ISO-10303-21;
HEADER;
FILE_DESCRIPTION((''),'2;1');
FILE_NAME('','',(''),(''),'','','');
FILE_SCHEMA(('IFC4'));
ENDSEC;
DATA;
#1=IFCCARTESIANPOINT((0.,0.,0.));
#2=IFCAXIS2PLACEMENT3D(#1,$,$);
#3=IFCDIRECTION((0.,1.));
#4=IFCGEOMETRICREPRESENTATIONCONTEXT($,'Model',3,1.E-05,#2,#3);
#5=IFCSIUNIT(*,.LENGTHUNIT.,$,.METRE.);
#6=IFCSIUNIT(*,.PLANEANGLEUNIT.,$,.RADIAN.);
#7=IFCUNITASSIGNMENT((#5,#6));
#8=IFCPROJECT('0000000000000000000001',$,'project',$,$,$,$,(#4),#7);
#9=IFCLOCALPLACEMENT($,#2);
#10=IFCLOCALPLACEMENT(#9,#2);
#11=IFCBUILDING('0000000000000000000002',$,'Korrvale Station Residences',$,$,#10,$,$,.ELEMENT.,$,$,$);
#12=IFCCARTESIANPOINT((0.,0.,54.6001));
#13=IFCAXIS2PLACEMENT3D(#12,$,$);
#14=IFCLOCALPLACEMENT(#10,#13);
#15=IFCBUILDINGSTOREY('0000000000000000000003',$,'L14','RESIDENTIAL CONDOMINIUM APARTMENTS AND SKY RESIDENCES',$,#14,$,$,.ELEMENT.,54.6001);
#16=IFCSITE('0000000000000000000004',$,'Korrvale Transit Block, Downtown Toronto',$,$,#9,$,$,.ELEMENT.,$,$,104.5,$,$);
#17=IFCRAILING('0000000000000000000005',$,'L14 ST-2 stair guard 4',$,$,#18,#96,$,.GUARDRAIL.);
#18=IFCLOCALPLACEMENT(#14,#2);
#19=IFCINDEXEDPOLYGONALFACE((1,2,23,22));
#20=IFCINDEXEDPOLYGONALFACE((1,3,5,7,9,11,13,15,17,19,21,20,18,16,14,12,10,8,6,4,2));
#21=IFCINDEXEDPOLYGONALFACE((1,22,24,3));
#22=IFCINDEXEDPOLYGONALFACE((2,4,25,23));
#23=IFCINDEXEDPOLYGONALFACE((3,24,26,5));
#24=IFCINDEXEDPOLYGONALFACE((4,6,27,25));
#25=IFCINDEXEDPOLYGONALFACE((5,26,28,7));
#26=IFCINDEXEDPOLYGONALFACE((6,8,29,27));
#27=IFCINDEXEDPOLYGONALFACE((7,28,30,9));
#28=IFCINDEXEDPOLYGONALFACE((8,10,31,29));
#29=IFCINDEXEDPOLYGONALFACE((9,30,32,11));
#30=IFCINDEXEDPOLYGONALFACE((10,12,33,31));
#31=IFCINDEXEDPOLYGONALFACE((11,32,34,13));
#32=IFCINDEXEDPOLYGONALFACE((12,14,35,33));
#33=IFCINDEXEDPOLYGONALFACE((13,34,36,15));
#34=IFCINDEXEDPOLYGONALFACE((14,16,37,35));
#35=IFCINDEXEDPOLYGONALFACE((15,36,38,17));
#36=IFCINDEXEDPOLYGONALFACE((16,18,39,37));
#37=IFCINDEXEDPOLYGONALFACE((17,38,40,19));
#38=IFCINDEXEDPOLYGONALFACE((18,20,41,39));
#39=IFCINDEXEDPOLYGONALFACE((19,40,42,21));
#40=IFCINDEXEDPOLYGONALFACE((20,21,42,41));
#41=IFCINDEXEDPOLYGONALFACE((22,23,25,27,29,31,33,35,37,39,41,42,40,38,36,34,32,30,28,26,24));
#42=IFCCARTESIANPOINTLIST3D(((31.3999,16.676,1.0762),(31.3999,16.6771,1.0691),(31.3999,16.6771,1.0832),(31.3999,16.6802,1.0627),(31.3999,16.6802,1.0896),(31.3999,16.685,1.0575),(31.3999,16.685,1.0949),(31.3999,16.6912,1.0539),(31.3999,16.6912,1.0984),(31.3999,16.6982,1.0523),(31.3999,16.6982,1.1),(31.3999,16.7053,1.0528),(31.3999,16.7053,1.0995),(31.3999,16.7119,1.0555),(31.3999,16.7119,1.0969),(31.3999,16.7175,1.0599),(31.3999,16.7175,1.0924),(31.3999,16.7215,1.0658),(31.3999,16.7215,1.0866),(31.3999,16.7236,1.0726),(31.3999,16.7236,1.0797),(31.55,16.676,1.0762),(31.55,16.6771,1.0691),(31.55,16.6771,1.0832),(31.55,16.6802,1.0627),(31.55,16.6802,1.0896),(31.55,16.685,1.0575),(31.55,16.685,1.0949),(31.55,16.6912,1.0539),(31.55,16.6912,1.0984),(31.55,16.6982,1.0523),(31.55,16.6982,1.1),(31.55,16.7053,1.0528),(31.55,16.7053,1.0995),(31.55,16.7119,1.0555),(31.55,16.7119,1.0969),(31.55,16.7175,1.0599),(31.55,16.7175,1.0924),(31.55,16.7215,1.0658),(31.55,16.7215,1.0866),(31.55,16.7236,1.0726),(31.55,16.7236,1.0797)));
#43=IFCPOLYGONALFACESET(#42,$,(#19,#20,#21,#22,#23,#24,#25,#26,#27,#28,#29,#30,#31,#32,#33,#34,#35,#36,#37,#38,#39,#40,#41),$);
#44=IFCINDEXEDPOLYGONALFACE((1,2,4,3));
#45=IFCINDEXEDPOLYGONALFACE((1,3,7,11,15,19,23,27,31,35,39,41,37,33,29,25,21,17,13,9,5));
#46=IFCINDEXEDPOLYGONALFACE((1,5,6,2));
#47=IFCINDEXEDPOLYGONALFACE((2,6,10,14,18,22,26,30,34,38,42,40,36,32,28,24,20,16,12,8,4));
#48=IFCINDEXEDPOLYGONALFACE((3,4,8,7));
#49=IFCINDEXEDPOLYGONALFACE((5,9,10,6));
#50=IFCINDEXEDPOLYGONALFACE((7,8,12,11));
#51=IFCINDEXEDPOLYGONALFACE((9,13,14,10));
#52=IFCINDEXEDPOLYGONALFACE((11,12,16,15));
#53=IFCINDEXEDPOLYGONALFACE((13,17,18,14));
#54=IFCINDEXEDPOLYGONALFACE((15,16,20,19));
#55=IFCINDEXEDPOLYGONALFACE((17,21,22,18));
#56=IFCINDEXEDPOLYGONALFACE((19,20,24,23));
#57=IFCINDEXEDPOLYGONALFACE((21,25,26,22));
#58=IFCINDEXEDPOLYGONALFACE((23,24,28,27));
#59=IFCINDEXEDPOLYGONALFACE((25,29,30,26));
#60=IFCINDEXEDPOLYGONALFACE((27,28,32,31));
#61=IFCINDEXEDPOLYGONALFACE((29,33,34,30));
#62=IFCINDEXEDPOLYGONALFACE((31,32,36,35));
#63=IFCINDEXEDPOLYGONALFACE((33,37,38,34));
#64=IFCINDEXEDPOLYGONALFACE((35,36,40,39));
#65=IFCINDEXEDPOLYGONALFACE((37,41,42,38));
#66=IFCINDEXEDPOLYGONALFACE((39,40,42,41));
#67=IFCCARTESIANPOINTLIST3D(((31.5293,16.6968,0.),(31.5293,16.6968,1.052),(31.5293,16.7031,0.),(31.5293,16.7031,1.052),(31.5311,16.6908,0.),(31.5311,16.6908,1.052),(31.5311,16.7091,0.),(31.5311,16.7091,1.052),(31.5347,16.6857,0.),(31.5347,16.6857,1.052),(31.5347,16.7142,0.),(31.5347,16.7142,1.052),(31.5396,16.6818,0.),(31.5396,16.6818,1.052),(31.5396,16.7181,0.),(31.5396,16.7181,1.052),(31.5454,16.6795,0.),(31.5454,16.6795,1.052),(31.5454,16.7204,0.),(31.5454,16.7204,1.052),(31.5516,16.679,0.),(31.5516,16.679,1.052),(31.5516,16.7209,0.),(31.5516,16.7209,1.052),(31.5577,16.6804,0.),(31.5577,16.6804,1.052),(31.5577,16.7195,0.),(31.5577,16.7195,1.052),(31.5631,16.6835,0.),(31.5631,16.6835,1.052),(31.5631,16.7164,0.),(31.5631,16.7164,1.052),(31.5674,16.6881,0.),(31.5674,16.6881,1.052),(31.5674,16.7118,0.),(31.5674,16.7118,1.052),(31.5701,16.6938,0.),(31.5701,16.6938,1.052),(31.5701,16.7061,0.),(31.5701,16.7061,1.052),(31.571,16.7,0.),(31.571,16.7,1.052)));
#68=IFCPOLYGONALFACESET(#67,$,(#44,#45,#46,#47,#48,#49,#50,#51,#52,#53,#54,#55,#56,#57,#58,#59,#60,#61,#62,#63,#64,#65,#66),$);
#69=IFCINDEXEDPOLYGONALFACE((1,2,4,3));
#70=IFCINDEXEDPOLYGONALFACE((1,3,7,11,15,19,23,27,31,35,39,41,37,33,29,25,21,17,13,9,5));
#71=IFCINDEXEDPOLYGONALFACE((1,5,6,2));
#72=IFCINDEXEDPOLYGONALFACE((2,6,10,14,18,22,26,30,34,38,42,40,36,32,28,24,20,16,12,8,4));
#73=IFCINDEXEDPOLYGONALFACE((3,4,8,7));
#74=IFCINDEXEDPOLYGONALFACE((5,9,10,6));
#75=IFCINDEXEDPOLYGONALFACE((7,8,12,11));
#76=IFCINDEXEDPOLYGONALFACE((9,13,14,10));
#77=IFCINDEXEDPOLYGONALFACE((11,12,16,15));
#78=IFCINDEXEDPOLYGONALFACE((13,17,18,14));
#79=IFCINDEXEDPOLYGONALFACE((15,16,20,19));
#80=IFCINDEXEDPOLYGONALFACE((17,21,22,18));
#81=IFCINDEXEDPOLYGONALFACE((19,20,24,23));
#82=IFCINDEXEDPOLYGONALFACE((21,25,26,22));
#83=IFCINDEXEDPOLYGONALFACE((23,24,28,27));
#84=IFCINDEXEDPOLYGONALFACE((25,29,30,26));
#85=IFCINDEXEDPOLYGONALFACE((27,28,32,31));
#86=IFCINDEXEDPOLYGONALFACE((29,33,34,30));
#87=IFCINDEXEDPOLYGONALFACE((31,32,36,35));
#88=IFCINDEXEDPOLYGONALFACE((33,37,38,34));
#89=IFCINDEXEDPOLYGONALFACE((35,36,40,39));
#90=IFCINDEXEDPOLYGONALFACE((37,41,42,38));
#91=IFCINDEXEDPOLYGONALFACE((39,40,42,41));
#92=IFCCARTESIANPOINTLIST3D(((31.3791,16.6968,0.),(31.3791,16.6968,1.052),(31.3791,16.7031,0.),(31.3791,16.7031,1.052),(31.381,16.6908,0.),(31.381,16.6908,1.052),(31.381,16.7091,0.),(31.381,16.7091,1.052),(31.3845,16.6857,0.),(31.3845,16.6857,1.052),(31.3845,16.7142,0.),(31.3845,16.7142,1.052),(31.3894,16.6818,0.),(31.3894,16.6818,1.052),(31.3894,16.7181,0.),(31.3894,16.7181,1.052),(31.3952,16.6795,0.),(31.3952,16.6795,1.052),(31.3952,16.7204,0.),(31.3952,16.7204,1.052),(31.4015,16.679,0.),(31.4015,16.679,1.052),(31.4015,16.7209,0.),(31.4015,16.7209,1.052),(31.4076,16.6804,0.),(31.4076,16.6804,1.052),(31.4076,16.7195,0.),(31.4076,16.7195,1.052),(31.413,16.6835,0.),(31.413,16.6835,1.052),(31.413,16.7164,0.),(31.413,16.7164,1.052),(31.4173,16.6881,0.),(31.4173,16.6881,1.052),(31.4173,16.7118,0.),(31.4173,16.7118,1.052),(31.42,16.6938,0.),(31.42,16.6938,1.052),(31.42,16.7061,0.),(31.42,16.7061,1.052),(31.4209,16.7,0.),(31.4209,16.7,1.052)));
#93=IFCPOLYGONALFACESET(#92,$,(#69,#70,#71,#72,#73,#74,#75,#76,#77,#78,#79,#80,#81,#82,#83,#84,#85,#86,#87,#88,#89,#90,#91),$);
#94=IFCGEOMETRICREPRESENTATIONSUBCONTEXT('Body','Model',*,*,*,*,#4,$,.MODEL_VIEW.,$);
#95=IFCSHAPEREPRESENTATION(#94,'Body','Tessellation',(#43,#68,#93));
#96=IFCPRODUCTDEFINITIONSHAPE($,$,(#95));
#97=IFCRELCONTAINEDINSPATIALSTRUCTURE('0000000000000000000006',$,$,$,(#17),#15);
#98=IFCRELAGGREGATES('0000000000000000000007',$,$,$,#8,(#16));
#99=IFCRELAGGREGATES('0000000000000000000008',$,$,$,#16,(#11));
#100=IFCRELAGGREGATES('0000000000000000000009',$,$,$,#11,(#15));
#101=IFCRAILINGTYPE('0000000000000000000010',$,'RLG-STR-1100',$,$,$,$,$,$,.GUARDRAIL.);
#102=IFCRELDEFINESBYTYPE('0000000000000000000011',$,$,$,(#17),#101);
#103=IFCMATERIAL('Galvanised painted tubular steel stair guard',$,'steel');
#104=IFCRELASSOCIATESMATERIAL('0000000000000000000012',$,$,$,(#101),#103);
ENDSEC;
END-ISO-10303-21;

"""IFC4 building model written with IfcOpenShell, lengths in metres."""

from ifc_helpers import new_model, si_unit, direction, frame, origin, origin_2d, place, context, subcontext, project, spatial, circle, extrude, material, type_object, element, save


model = new_model("IFC4")

# Units and contexts
model_context = context("Model", 3, precision=1e-05, world=origin(), true_north=direction((0.0, 1.0)))
body_context = subcontext(model_context, "Body", "Model", "MODEL_VIEW")
ifc_project = project(units=[si_unit("LENGTHUNIT", "METRE"), si_unit("PLANEANGLEUNIT", "RADIAN")], contexts=[model_context])

# Site, building, storey
site_placement = place(None, origin())
site = spatial("IfcSite", under=ifc_project, at=site_placement, Name="Korrvale Transit Block, Downtown Toronto", CompositionType="ELEMENT", RefElevation=104.5)
building_placement = place(site_placement, origin())
building = spatial("IfcBuilding", under=site, at=building_placement, Name="Korrvale Station Residences", CompositionType="ELEMENT")
storey_placement = place(building_placement, frame((0.0, 0.0, 54.6001)))
storey = spatial("IfcBuildingStorey", under=building, at=storey_placement, Name="L14", Description="RESIDENTIAL CONDOMINIUM APARTMENTS AND SKY RESIDENCES", CompositionType="ELEMENT", Elevation=54.6001)

# Railing
ifc_material_1 = material(Name="Galvanised painted tubular steel stair guard", Category="steel")
railing_type_1 = type_object("IfcRailingType", Name="RLG-STR-1100", PredefinedType="GUARDRAIL", material=ifc_material_1)
railing_1_placement = place(storey_placement, frame((31.55, 16.7, 0.0)))
element("IfcRailing", 1, at=railing_1_placement, inside=storey, type_object=railing_type_1, Name="L14 ST-2 stair guard 4", PredefinedType="GUARDRAIL", context=body_context, shape_type="SweptSolid", body=[
    extrude(circle(Radius=0.0239, at=origin_2d()), frame((0.0, 0.0, 1.0762), z_axis=(-1.0, 0.0, 0.0), x_axis=(0.0, -1.0, 0.0)), (0.0, 0.0, 1.0), 0.1501),
    extrude(circle(Radius=0.021, at=origin_2d()), origin(), (0.0, 0.0, 1.0), 1.052),
    extrude(circle(Radius=0.021, at=origin_2d()), frame((-0.1501, 0.0, 0.0)), (0.0, 0.0, 1.0), 1.052),
])

save(model, "model.ifc")
